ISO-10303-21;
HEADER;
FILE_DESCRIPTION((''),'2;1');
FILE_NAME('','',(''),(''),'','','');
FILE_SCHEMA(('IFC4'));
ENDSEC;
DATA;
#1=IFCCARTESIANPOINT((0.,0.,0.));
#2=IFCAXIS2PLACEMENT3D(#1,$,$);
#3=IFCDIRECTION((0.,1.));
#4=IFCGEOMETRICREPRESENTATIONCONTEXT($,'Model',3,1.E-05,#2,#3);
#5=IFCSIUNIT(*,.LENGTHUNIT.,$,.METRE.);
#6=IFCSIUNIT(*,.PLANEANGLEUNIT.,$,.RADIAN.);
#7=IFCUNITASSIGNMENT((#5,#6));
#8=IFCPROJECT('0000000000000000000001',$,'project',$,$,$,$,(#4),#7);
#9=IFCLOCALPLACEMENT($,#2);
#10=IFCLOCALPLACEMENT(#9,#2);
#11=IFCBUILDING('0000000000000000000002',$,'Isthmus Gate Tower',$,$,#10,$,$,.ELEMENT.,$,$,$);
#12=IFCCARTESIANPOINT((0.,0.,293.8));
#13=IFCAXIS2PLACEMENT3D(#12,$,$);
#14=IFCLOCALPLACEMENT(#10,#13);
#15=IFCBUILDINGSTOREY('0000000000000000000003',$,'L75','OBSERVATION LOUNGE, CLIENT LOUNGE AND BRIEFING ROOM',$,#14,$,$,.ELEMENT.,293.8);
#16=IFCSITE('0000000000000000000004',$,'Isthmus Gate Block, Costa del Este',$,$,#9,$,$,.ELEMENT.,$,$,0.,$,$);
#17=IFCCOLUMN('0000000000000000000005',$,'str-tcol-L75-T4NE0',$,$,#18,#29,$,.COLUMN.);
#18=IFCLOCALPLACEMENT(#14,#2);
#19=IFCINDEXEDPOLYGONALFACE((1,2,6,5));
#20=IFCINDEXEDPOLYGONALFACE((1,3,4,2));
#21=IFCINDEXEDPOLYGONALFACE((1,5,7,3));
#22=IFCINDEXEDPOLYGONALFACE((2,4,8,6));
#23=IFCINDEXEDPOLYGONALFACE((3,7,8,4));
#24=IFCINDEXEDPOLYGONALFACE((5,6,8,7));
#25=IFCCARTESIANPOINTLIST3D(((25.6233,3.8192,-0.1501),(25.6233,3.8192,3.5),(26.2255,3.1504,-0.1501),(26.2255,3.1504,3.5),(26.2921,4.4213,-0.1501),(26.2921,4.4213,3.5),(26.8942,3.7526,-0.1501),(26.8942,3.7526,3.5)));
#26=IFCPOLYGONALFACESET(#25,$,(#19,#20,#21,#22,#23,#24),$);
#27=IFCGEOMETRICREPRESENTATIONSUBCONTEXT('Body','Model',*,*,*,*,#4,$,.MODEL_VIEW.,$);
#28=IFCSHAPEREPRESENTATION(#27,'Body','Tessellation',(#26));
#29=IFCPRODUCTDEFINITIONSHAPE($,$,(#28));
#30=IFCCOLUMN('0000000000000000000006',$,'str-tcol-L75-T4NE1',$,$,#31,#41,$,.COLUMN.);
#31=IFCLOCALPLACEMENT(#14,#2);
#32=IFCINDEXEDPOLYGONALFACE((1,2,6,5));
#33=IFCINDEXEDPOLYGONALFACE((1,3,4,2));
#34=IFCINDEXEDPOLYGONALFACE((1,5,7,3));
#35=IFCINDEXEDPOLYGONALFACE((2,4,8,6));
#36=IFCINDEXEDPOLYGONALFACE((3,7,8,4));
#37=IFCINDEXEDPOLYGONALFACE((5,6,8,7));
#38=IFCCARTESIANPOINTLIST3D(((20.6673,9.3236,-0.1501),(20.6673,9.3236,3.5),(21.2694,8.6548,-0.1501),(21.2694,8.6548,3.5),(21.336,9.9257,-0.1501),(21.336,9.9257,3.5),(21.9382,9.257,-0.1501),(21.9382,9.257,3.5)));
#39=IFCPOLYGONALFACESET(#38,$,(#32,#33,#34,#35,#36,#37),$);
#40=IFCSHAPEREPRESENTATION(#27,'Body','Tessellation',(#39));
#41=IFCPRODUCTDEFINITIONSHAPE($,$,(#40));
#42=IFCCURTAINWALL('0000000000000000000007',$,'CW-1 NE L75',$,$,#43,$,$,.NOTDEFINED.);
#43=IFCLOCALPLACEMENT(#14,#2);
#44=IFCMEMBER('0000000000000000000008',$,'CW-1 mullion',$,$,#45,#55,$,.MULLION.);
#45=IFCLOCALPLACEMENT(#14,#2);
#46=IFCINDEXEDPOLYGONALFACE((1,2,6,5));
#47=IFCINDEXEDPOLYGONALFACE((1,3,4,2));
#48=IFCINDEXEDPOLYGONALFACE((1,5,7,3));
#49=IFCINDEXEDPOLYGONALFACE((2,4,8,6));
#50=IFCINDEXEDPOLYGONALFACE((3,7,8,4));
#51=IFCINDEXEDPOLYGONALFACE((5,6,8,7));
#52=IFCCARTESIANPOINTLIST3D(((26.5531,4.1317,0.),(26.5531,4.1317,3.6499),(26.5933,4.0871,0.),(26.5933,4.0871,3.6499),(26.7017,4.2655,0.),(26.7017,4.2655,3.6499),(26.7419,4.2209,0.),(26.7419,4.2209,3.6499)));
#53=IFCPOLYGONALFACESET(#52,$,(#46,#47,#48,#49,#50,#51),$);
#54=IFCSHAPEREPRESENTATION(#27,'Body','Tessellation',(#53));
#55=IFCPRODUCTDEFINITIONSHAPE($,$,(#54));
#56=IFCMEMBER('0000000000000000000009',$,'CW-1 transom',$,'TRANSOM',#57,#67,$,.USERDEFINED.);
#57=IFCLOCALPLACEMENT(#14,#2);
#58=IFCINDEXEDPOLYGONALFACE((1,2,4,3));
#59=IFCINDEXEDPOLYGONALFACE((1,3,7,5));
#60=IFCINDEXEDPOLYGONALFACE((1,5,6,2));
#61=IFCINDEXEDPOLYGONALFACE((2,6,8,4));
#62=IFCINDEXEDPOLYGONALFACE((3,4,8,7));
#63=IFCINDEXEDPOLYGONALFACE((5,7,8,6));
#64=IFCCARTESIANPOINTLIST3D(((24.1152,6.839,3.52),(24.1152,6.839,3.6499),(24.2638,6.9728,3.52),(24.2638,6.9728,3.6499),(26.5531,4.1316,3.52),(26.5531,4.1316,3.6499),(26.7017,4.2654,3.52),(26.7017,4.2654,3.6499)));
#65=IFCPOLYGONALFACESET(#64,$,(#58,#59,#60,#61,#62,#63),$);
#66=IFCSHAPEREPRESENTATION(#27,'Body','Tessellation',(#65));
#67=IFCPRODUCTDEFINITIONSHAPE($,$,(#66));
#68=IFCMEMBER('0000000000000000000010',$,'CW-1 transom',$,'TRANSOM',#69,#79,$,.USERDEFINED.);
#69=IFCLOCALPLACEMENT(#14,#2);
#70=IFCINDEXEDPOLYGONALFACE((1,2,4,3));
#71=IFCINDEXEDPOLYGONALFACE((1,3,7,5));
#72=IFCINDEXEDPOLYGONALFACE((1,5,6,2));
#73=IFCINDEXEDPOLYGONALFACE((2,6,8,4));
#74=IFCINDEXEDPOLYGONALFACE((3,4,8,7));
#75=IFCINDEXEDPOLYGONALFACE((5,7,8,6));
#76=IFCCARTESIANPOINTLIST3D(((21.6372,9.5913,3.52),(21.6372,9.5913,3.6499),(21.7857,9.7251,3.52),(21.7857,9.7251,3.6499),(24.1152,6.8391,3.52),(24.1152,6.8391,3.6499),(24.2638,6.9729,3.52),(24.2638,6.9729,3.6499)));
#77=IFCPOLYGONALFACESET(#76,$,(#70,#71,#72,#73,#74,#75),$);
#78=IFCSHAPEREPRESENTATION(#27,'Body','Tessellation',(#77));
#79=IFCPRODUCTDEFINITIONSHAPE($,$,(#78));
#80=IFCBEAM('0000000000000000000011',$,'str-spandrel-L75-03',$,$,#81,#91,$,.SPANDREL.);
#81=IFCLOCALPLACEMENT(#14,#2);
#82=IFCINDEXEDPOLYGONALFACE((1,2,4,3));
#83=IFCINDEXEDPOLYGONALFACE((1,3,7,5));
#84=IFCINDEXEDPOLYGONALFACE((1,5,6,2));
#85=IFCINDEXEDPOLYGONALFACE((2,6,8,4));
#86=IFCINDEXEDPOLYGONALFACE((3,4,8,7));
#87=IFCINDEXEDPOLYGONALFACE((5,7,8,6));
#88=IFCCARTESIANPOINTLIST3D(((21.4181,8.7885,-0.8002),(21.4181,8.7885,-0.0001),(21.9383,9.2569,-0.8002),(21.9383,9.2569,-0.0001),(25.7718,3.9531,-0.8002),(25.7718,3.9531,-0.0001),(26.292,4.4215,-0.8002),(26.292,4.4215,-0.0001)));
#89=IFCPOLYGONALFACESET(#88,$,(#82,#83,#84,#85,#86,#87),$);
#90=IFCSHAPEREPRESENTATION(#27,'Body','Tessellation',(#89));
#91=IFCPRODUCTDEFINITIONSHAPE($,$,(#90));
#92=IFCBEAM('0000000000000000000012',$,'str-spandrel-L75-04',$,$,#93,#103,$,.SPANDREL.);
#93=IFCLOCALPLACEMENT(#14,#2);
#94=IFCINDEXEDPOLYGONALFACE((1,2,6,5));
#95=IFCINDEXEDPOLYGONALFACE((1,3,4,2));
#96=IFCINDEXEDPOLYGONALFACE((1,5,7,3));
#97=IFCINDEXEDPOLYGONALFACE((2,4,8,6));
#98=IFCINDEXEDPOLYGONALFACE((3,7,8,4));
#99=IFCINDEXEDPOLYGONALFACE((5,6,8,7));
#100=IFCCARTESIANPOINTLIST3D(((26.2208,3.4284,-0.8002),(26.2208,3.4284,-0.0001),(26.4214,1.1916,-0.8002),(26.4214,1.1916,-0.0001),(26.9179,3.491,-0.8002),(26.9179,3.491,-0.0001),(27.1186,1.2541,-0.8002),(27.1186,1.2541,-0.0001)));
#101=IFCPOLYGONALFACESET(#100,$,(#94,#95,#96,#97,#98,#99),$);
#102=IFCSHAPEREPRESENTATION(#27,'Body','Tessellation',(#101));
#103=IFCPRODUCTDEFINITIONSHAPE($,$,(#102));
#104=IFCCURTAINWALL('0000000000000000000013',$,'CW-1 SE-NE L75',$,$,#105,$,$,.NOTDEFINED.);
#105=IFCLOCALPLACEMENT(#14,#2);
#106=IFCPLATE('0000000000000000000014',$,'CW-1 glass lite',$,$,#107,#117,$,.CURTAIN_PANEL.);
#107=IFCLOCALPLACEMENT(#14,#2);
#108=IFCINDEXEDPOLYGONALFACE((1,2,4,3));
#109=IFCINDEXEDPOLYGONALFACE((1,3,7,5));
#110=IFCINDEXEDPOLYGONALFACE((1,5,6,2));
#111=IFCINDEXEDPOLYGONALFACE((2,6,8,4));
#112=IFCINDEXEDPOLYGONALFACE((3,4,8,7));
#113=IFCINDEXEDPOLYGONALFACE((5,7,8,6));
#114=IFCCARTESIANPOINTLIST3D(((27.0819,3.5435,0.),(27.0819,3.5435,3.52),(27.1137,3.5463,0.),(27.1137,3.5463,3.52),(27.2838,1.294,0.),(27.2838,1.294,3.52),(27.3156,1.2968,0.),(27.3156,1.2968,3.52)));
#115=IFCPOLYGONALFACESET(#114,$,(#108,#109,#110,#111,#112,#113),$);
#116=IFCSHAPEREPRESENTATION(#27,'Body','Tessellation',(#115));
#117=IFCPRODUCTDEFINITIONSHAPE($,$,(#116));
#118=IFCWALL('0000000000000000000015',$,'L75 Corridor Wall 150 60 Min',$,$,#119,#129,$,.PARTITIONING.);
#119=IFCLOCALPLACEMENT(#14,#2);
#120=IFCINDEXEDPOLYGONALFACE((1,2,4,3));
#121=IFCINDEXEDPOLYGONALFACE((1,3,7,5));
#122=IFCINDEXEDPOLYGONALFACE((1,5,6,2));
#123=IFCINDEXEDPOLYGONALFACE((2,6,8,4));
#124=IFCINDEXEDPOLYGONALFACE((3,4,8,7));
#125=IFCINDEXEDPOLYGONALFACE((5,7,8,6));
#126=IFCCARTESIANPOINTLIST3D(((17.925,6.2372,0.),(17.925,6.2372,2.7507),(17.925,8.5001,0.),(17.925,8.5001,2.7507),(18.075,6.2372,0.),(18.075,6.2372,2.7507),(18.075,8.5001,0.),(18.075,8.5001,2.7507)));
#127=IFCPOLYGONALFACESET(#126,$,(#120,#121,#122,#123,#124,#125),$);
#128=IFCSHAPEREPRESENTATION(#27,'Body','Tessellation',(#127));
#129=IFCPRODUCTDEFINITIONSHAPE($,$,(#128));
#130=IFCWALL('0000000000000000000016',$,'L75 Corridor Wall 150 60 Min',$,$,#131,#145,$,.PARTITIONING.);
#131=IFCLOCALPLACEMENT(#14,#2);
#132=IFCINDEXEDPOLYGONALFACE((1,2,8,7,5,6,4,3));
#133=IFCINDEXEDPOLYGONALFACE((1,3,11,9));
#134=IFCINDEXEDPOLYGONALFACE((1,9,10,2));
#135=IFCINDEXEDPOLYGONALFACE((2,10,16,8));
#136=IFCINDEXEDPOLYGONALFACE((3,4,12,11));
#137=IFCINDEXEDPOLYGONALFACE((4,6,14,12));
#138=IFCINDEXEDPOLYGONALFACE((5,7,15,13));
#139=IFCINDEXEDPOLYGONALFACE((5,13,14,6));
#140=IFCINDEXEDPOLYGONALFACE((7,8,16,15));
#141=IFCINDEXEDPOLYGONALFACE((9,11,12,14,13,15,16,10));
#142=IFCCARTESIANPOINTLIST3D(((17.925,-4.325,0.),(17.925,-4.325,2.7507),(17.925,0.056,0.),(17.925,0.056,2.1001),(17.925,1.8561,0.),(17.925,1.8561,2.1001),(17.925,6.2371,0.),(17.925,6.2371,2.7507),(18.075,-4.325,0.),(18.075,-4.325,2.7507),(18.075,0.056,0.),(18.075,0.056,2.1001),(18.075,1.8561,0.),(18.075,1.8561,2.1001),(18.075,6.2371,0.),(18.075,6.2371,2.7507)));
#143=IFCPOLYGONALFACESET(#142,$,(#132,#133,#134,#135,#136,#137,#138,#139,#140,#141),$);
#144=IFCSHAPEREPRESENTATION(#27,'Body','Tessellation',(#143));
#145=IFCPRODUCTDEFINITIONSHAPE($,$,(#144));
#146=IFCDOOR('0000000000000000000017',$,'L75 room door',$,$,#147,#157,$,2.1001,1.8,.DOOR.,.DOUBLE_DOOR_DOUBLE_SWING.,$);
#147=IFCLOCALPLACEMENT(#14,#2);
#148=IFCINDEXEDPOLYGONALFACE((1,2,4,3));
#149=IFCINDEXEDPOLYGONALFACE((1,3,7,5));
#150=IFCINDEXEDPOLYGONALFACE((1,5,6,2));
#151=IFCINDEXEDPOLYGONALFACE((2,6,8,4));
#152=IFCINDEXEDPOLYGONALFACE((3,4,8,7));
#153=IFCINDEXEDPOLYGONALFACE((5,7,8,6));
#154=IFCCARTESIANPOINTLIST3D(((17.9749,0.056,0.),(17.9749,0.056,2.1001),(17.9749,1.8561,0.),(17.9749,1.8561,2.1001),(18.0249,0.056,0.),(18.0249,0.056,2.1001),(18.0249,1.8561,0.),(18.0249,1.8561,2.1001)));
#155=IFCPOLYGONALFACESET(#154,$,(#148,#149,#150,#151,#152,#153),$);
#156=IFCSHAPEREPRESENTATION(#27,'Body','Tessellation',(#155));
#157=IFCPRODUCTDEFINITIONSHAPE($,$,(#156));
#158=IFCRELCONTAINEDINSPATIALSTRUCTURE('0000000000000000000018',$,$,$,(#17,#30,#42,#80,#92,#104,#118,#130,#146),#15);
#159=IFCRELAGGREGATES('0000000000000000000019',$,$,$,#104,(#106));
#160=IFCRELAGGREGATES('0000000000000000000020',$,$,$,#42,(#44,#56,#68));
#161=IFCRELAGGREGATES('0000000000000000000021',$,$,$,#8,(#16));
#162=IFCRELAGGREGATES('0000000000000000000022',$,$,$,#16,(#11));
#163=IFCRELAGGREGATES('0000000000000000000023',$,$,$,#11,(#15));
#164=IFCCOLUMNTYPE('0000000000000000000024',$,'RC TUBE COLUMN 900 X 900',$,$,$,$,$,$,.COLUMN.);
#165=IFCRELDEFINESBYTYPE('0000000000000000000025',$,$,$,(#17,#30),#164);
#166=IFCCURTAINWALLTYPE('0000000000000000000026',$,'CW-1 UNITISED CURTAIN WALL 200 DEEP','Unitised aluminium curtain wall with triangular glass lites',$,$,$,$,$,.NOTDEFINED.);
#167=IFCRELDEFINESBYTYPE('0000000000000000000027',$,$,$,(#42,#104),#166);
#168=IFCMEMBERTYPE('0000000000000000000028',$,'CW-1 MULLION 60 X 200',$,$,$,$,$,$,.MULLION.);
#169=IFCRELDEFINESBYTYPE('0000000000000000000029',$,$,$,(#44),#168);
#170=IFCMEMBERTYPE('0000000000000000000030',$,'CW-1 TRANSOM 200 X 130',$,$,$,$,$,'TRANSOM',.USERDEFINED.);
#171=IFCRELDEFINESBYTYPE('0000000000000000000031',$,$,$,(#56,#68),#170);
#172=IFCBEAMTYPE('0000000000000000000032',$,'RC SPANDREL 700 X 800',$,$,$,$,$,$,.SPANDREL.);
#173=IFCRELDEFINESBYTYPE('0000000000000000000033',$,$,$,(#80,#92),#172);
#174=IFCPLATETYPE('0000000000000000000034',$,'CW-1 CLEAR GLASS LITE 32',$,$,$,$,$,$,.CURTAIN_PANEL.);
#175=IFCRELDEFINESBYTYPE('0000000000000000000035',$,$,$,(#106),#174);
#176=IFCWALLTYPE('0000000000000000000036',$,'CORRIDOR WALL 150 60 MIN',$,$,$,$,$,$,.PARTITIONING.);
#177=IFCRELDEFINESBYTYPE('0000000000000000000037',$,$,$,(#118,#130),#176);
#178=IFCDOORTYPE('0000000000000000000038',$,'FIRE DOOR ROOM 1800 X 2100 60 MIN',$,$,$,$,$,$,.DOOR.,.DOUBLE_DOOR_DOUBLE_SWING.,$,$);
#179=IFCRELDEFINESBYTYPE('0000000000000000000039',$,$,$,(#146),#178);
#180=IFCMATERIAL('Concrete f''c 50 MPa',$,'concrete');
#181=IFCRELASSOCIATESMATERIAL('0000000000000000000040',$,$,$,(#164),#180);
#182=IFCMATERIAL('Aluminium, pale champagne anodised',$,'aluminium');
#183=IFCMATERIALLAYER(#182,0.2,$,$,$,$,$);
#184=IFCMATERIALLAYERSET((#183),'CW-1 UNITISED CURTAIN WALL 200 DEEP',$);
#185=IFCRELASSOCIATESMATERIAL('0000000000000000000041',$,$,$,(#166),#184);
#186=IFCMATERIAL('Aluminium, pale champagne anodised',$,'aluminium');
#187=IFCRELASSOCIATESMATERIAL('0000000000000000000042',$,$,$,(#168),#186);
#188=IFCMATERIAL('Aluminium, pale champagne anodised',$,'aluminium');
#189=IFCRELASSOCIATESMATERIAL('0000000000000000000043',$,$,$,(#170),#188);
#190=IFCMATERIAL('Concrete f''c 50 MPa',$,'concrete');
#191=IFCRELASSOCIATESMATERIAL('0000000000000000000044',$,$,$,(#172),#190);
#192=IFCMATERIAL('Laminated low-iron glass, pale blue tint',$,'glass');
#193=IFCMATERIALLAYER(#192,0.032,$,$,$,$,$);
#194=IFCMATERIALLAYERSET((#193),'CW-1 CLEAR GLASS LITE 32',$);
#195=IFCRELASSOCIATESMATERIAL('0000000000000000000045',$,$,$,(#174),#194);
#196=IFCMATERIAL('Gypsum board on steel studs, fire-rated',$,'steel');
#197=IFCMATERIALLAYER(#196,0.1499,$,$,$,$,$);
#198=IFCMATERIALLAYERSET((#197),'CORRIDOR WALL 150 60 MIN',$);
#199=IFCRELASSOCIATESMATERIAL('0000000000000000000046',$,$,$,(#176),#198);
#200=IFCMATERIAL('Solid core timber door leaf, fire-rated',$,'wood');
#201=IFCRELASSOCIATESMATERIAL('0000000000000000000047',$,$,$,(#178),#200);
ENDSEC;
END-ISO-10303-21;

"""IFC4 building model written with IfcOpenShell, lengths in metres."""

from ifc_helpers import new_model, si_unit, direction, frame, frame_2d, origin, origin_2d, place, context, subcontext, project, spatial, rectangle, extrude, material, layer, layer_set, material_profile, profile_set, type_object, element, fill, aggregate, save


model = new_model("IFC4")

# Units and contexts
model_context = context("Model", 3, precision=1e-05, world=origin(), true_north=direction((0.0, 1.0)))
body_context = subcontext(model_context, "Body", "Model", "MODEL_VIEW")
ifc_project = project(units=[si_unit("LENGTHUNIT", "METRE"), si_unit("PLANEANGLEUNIT", "RADIAN")], contexts=[model_context])

# Site, building, storey
site_placement = place(None, origin())
site = spatial("IfcSite", under=ifc_project, at=site_placement, Name="Isthmus Gate Block, Costa del Este", CompositionType="ELEMENT", RefElevation=0.0)
building_placement = place(site_placement, origin())
building = spatial("IfcBuilding", under=site, at=building_placement, Name="Isthmus Gate Tower", CompositionType="ELEMENT")
storey_placement = place(building_placement, frame((0.0, 0.0, 293.8)))
storey = spatial("IfcBuildingStorey", under=building, at=storey_placement, Name="L75", Description="OBSERVATION LOUNGE, CLIENT LOUNGE AND BRIEFING ROOM", CompositionType="ELEMENT", Elevation=293.8)

# Columns
ifc_material_1 = material(Name="Concrete f'c 50 MPa", Category="concrete")
ifc_material_profile_1 = material_profile(ifc_material_1, rectangle(XDim=0.8999, YDim=0.8999, at=origin_2d()), Name="RC 900X900")
ifc_profile_set_1 = profile_set([ifc_material_profile_1], Name="Concrete f'c 50 MPa")
column_type = type_object("IfcColumnType", Name="RC TUBE COLUMN 900 X 900", PredefinedType="COLUMN", material=ifc_profile_set_1)
for number, where, z_axis, x_axis, name in (
    (1, (26.2588, 3.7859, -0.1501), (0.0, 0.0, 1.0), (-0.669131, 0.743145, 0.0), "str-tcol-L75-T4NE0"),
    (2, (21.3027, 9.2903, -0.1501), (0.0, 0.0, 1.0), (-0.669131, 0.743145, 0.0), "str-tcol-L75-T4NE1"),
):
    element("IfcColumn", number, at=place(storey_placement, frame(where, z_axis=z_axis, x_axis=x_axis)), inside=storey, type_object=column_type, Name=name, PredefinedType="COLUMN", context=body_context, shape_type="SweptSolid", body=[
        extrude(rectangle(XDim=0.8999, YDim=0.8999, at=origin_2d()), origin(), (0.0, 0.0, 1.0), 3.6501),
    ])

# Curtain wall, members
ifc_material_2 = material(Name="Aluminium, pale champagne anodised", Category="aluminium")
ifc_layer_1 = layer(ifc_material_2, 0.2)
ifc_layer_set_1 = layer_set([ifc_layer_1], Name="CW-1 UNITISED CURTAIN WALL 200 DEEP")
curtain_wall_type = type_object("IfcCurtainWallType", Name="CW-1 UNITISED CURTAIN WALL 200 DEEP", Description="Unitised aluminium curtain wall with triangular glass lites", PredefinedType="NOTDEFINED", material=ifc_layer_set_1)
curtain_wall_1_placement = place(storey_placement, origin())
curtain_wall_1 = element("IfcCurtainWall", 3, at=curtain_wall_1_placement, inside=storey, type_object=curtain_wall_type, Name="CW-1 NE L75", PredefinedType="NOTDEFINED")
ifc_material_3 = material(Name="Aluminium, pale champagne anodised", Category="aluminium")
ifc_material_profile_2 = material_profile(ifc_material_3, rectangle(XDim=0.0601, YDim=0.2, at=origin_2d()), Name="60x200")
ifc_profile_set_2 = profile_set([ifc_material_profile_2], Name="Aluminium, pale champagne anodised")
member_type_1 = type_object("IfcMemberType", Name="CW-1 MULLION 60 X 200", PredefinedType="MULLION", material=ifc_profile_set_2)
member_1_placement = place(storey_placement, frame((26.6475, 4.1763, 0.0), z_axis=(0.0, 0.0, 1.0), x_axis=(-0.669131, 0.743145, 0.0)))
member_1 = element("IfcMember", 4, at=member_1_placement, type_object=member_type_1, Name="CW-1 mullion", PredefinedType="MULLION", context=body_context, shape_type="SweptSolid", body=[
    extrude(rectangle(XDim=0.0601, YDim=0.2, at=origin_2d()), origin(), (0.0, 0.0, 1.0), 3.6499),
])
ifc_material_4 = material(Name="Aluminium, pale champagne anodised", Category="aluminium")
ifc_material_profile_3 = material_profile(ifc_material_4, rectangle(XDim=0.2, YDim=0.1299, at=origin_2d()), Name="200x130")
ifc_profile_set_3 = profile_set([ifc_material_profile_3], Name="Aluminium, pale champagne anodised")
member_type_2 = type_object("IfcMemberType", Name="CW-1 TRANSOM 200 X 130", ElementType="TRANSOM", PredefinedType="USERDEFINED", material=ifc_profile_set_3)
member_2_placement = place(storey_placement, frame((26.6274, 4.1985, 3.585), z_axis=(-0.66915, 0.743128, 0.0), x_axis=(-0.743128, -0.66915, 0.0)))
member_2 = element("IfcMember", 5, at=member_2_placement, type_object=member_type_2, Name="CW-1 transom", ObjectType="TRANSOM", PredefinedType="USERDEFINED", context=body_context, shape_type="SweptSolid", body=[
    extrude(rectangle(XDim=0.2, YDim=0.1299, at=origin_2d()), origin(), (0.0, 0.0, 1.0), 3.6433),
])
member_3_placement = place(storey_placement, frame((24.1895, 6.906, 3.585), z_axis=(-0.669121, 0.743153, 0.0), x_axis=(-0.743153, -0.669121, 0.0)))
member_3 = element("IfcMember", 6, at=member_3_placement, type_object=member_type_2, Name="CW-1 transom", ObjectType="TRANSOM", PredefinedType="USERDEFINED", context=body_context, shape_type="SweptSolid", body=[
    extrude(rectangle(XDim=0.2, YDim=0.1299, at=origin_2d()), origin(), (0.0, 0.0, 1.0), 3.7034),
])

# Beams
ifc_material_5 = material(Name="Concrete f'c 50 MPa", Category="concrete")
ifc_material_profile_4 = material_profile(ifc_material_5, rectangle(XDim=0.7, YDim=0.8, at=origin_2d()), Name="RC 700X800")
ifc_profile_set_4 = profile_set([ifc_material_profile_4], Name="Concrete f'c 50 MPa")
beam_type = type_object("IfcBeamType", Name="RC SPANDREL 700 X 800", PredefinedType="SPANDREL", material=ifc_profile_set_4)
beam_1_placement = place(storey_placement, frame((21.6782, 9.0227, -0.4001), z_axis=(0.669122, -0.743152, 0.0), x_axis=(0.743152, 0.669122, 0.0)))
element("IfcBeam", 7, at=beam_1_placement, inside=storey, type_object=beam_type, Name="str-spandrel-L75-03", PredefinedType="SPANDREL", context=body_context, shape_type="SweptSolid", body=[
    extrude(rectangle(XDim=0.7, YDim=0.8, at=origin_2d()), origin(), (0.0, 0.0, 1.0), 6.5066),
])
beam_2_placement = place(storey_placement, frame((26.5693, 3.4597, -0.4001), z_axis=(0.089359, -0.995999, 0.0), x_axis=(0.995999, 0.089359, 0.0)))
element("IfcBeam", 8, at=beam_2_placement, inside=storey, type_object=beam_type, Name="str-spandrel-L75-04", PredefinedType="SPANDREL", context=body_context, shape_type="SweptSolid", body=[
    extrude(rectangle(XDim=0.7, YDim=0.8, at=origin_2d()), origin(), (0.0, 0.0, 1.0), 2.2458),
])

# Curtain wall, plate
curtain_wall_2_placement = place(storey_placement, origin())
curtain_wall_2 = element("IfcCurtainWall", 9, at=curtain_wall_2_placement, inside=storey, type_object=curtain_wall_type, Name="CW-1 SE-NE L75", PredefinedType="NOTDEFINED")
ifc_material_6 = material(Name="Laminated low-iron glass, pale blue tint", Category="glass")
ifc_layer_2 = layer(ifc_material_6, 0.032)
ifc_layer_set_2 = layer_set([ifc_layer_2], Name="CW-1 CLEAR GLASS LITE 32")
plate_type = type_object("IfcPlateType", Name="CW-1 CLEAR GLASS LITE 32", PredefinedType="CURTAIN_PANEL", material=ifc_layer_set_2)
plate_placement = place(storey_placement, frame((27.1987, 2.4202, 0.0), z_axis=(0.0, 0.0, 1.0), x_axis=(-0.089397, 0.995996, 0.0)))
plate = element("IfcPlate", 10, at=plate_placement, type_object=plate_type, Name="CW-1 glass lite", PredefinedType="CURTAIN_PANEL", context=body_context, shape_type="SweptSolid", body=[
    extrude(rectangle(XDim=2.2585, YDim=0.032, at=origin_2d()), origin(), (0.0, 0.0, 1.0), 3.52),
])
aggregate(curtain_wall_2, [plate])

# Wall
ifc_material_7 = material(Name="Gypsum board on steel studs, fire-rated", Category="steel")
ifc_layer_3 = layer(ifc_material_7, 0.1499)
ifc_layer_set_3 = layer_set([ifc_layer_3], Name="CORRIDOR WALL 150 60 MIN")
wall_type_1 = type_object("IfcWallType", Name="CORRIDOR WALL 150 60 MIN", PredefinedType="PARTITIONING", material=ifc_layer_set_3)
wall_1_placement = place(storey_placement, frame((18.0, 8.5, 0.0), z_axis=(0.0, 0.0, 1.0), x_axis=(0.0, -1.0, 0.0)))
element("IfcWall", 11, at=wall_1_placement, inside=storey, type_object=wall_type_1, Name="L75 Corridor Wall 150 60 Min", PredefinedType="PARTITIONING", context=body_context, shape_type="SweptSolid", body=[
    extrude(rectangle(XDim=2.2629, YDim=0.1499, at=frame_2d((1.1313, 0.0))), origin(), (0.0, 0.0, 1.0), 2.7507),
])

# Wall, opening, door
wall_2_placement = place(storey_placement, frame((18.0, 6.2371, 0.0), z_axis=(0.0, 0.0, 1.0), x_axis=(0.0, -1.0, 0.0)))
wall_2 = element("IfcWall", 12, at=wall_2_placement, inside=storey, type_object=wall_type_1, Name="L75 Corridor Wall 150 60 Min", PredefinedType="PARTITIONING", context=body_context, shape_type="SweptSolid", body=[
    extrude(rectangle(XDim=10.562, YDim=0.1499, at=frame_2d((5.281, 0.0))), origin(), (0.0, 0.0, 1.0), 2.7507),
])
opening_1_placement = place(wall_2_placement, frame((4.3811, 0.0, 0.0)))
opening_1 = element("IfcOpeningElement", 13, at=opening_1_placement, cuts=wall_2, PredefinedType="OPENING", context=body_context, shape_type="SweptSolid", body=[
    extrude(rectangle(XDim=1.8, YDim=2.1001, at=frame_2d((0.8999, 1.05))), frame((0.0, 0.085, 0.0), z_axis=(0.0, -1.0, 0.0), x_axis=(1.0, 0.0, 0.0)), (0.0, 0.0, 1.0), 0.1699),
])
ifc_material_8 = material(Name="Solid core timber door leaf, fire-rated", Category="wood")
door_type_1 = type_object("IfcDoorType", Name="FIRE DOOR ROOM 1800 X 2100 60 MIN", OperationType="DOUBLE_DOOR_DOUBLE_SWING", PredefinedType="DOOR", material=ifc_material_8)
door_1_placement = place(opening_1_placement, origin())
door_1 = element("IfcDoor", 14, at=door_1_placement, inside=storey, type_object=door_type_1, Name="L75 room door", OperationType="DOUBLE_DOOR_DOUBLE_SWING", OverallHeight=2.1001, OverallWidth=1.8, PredefinedType="DOOR", context=body_context, shape_type="SweptSolid", body=[
    extrude(rectangle(XDim=1.8, YDim=2.1001, at=frame_2d((0.8999, 1.05))), frame((0.0, 0.0249, 0.0), z_axis=(0.0, -1.0, 0.0), x_axis=(1.0, 0.0, 0.0)), (0.0, 0.0, 1.0), 0.05),
])
fill(opening_1, door_1)

aggregate(curtain_wall_1, [member_1, member_2, member_3])

save(model, "model.ifc")
